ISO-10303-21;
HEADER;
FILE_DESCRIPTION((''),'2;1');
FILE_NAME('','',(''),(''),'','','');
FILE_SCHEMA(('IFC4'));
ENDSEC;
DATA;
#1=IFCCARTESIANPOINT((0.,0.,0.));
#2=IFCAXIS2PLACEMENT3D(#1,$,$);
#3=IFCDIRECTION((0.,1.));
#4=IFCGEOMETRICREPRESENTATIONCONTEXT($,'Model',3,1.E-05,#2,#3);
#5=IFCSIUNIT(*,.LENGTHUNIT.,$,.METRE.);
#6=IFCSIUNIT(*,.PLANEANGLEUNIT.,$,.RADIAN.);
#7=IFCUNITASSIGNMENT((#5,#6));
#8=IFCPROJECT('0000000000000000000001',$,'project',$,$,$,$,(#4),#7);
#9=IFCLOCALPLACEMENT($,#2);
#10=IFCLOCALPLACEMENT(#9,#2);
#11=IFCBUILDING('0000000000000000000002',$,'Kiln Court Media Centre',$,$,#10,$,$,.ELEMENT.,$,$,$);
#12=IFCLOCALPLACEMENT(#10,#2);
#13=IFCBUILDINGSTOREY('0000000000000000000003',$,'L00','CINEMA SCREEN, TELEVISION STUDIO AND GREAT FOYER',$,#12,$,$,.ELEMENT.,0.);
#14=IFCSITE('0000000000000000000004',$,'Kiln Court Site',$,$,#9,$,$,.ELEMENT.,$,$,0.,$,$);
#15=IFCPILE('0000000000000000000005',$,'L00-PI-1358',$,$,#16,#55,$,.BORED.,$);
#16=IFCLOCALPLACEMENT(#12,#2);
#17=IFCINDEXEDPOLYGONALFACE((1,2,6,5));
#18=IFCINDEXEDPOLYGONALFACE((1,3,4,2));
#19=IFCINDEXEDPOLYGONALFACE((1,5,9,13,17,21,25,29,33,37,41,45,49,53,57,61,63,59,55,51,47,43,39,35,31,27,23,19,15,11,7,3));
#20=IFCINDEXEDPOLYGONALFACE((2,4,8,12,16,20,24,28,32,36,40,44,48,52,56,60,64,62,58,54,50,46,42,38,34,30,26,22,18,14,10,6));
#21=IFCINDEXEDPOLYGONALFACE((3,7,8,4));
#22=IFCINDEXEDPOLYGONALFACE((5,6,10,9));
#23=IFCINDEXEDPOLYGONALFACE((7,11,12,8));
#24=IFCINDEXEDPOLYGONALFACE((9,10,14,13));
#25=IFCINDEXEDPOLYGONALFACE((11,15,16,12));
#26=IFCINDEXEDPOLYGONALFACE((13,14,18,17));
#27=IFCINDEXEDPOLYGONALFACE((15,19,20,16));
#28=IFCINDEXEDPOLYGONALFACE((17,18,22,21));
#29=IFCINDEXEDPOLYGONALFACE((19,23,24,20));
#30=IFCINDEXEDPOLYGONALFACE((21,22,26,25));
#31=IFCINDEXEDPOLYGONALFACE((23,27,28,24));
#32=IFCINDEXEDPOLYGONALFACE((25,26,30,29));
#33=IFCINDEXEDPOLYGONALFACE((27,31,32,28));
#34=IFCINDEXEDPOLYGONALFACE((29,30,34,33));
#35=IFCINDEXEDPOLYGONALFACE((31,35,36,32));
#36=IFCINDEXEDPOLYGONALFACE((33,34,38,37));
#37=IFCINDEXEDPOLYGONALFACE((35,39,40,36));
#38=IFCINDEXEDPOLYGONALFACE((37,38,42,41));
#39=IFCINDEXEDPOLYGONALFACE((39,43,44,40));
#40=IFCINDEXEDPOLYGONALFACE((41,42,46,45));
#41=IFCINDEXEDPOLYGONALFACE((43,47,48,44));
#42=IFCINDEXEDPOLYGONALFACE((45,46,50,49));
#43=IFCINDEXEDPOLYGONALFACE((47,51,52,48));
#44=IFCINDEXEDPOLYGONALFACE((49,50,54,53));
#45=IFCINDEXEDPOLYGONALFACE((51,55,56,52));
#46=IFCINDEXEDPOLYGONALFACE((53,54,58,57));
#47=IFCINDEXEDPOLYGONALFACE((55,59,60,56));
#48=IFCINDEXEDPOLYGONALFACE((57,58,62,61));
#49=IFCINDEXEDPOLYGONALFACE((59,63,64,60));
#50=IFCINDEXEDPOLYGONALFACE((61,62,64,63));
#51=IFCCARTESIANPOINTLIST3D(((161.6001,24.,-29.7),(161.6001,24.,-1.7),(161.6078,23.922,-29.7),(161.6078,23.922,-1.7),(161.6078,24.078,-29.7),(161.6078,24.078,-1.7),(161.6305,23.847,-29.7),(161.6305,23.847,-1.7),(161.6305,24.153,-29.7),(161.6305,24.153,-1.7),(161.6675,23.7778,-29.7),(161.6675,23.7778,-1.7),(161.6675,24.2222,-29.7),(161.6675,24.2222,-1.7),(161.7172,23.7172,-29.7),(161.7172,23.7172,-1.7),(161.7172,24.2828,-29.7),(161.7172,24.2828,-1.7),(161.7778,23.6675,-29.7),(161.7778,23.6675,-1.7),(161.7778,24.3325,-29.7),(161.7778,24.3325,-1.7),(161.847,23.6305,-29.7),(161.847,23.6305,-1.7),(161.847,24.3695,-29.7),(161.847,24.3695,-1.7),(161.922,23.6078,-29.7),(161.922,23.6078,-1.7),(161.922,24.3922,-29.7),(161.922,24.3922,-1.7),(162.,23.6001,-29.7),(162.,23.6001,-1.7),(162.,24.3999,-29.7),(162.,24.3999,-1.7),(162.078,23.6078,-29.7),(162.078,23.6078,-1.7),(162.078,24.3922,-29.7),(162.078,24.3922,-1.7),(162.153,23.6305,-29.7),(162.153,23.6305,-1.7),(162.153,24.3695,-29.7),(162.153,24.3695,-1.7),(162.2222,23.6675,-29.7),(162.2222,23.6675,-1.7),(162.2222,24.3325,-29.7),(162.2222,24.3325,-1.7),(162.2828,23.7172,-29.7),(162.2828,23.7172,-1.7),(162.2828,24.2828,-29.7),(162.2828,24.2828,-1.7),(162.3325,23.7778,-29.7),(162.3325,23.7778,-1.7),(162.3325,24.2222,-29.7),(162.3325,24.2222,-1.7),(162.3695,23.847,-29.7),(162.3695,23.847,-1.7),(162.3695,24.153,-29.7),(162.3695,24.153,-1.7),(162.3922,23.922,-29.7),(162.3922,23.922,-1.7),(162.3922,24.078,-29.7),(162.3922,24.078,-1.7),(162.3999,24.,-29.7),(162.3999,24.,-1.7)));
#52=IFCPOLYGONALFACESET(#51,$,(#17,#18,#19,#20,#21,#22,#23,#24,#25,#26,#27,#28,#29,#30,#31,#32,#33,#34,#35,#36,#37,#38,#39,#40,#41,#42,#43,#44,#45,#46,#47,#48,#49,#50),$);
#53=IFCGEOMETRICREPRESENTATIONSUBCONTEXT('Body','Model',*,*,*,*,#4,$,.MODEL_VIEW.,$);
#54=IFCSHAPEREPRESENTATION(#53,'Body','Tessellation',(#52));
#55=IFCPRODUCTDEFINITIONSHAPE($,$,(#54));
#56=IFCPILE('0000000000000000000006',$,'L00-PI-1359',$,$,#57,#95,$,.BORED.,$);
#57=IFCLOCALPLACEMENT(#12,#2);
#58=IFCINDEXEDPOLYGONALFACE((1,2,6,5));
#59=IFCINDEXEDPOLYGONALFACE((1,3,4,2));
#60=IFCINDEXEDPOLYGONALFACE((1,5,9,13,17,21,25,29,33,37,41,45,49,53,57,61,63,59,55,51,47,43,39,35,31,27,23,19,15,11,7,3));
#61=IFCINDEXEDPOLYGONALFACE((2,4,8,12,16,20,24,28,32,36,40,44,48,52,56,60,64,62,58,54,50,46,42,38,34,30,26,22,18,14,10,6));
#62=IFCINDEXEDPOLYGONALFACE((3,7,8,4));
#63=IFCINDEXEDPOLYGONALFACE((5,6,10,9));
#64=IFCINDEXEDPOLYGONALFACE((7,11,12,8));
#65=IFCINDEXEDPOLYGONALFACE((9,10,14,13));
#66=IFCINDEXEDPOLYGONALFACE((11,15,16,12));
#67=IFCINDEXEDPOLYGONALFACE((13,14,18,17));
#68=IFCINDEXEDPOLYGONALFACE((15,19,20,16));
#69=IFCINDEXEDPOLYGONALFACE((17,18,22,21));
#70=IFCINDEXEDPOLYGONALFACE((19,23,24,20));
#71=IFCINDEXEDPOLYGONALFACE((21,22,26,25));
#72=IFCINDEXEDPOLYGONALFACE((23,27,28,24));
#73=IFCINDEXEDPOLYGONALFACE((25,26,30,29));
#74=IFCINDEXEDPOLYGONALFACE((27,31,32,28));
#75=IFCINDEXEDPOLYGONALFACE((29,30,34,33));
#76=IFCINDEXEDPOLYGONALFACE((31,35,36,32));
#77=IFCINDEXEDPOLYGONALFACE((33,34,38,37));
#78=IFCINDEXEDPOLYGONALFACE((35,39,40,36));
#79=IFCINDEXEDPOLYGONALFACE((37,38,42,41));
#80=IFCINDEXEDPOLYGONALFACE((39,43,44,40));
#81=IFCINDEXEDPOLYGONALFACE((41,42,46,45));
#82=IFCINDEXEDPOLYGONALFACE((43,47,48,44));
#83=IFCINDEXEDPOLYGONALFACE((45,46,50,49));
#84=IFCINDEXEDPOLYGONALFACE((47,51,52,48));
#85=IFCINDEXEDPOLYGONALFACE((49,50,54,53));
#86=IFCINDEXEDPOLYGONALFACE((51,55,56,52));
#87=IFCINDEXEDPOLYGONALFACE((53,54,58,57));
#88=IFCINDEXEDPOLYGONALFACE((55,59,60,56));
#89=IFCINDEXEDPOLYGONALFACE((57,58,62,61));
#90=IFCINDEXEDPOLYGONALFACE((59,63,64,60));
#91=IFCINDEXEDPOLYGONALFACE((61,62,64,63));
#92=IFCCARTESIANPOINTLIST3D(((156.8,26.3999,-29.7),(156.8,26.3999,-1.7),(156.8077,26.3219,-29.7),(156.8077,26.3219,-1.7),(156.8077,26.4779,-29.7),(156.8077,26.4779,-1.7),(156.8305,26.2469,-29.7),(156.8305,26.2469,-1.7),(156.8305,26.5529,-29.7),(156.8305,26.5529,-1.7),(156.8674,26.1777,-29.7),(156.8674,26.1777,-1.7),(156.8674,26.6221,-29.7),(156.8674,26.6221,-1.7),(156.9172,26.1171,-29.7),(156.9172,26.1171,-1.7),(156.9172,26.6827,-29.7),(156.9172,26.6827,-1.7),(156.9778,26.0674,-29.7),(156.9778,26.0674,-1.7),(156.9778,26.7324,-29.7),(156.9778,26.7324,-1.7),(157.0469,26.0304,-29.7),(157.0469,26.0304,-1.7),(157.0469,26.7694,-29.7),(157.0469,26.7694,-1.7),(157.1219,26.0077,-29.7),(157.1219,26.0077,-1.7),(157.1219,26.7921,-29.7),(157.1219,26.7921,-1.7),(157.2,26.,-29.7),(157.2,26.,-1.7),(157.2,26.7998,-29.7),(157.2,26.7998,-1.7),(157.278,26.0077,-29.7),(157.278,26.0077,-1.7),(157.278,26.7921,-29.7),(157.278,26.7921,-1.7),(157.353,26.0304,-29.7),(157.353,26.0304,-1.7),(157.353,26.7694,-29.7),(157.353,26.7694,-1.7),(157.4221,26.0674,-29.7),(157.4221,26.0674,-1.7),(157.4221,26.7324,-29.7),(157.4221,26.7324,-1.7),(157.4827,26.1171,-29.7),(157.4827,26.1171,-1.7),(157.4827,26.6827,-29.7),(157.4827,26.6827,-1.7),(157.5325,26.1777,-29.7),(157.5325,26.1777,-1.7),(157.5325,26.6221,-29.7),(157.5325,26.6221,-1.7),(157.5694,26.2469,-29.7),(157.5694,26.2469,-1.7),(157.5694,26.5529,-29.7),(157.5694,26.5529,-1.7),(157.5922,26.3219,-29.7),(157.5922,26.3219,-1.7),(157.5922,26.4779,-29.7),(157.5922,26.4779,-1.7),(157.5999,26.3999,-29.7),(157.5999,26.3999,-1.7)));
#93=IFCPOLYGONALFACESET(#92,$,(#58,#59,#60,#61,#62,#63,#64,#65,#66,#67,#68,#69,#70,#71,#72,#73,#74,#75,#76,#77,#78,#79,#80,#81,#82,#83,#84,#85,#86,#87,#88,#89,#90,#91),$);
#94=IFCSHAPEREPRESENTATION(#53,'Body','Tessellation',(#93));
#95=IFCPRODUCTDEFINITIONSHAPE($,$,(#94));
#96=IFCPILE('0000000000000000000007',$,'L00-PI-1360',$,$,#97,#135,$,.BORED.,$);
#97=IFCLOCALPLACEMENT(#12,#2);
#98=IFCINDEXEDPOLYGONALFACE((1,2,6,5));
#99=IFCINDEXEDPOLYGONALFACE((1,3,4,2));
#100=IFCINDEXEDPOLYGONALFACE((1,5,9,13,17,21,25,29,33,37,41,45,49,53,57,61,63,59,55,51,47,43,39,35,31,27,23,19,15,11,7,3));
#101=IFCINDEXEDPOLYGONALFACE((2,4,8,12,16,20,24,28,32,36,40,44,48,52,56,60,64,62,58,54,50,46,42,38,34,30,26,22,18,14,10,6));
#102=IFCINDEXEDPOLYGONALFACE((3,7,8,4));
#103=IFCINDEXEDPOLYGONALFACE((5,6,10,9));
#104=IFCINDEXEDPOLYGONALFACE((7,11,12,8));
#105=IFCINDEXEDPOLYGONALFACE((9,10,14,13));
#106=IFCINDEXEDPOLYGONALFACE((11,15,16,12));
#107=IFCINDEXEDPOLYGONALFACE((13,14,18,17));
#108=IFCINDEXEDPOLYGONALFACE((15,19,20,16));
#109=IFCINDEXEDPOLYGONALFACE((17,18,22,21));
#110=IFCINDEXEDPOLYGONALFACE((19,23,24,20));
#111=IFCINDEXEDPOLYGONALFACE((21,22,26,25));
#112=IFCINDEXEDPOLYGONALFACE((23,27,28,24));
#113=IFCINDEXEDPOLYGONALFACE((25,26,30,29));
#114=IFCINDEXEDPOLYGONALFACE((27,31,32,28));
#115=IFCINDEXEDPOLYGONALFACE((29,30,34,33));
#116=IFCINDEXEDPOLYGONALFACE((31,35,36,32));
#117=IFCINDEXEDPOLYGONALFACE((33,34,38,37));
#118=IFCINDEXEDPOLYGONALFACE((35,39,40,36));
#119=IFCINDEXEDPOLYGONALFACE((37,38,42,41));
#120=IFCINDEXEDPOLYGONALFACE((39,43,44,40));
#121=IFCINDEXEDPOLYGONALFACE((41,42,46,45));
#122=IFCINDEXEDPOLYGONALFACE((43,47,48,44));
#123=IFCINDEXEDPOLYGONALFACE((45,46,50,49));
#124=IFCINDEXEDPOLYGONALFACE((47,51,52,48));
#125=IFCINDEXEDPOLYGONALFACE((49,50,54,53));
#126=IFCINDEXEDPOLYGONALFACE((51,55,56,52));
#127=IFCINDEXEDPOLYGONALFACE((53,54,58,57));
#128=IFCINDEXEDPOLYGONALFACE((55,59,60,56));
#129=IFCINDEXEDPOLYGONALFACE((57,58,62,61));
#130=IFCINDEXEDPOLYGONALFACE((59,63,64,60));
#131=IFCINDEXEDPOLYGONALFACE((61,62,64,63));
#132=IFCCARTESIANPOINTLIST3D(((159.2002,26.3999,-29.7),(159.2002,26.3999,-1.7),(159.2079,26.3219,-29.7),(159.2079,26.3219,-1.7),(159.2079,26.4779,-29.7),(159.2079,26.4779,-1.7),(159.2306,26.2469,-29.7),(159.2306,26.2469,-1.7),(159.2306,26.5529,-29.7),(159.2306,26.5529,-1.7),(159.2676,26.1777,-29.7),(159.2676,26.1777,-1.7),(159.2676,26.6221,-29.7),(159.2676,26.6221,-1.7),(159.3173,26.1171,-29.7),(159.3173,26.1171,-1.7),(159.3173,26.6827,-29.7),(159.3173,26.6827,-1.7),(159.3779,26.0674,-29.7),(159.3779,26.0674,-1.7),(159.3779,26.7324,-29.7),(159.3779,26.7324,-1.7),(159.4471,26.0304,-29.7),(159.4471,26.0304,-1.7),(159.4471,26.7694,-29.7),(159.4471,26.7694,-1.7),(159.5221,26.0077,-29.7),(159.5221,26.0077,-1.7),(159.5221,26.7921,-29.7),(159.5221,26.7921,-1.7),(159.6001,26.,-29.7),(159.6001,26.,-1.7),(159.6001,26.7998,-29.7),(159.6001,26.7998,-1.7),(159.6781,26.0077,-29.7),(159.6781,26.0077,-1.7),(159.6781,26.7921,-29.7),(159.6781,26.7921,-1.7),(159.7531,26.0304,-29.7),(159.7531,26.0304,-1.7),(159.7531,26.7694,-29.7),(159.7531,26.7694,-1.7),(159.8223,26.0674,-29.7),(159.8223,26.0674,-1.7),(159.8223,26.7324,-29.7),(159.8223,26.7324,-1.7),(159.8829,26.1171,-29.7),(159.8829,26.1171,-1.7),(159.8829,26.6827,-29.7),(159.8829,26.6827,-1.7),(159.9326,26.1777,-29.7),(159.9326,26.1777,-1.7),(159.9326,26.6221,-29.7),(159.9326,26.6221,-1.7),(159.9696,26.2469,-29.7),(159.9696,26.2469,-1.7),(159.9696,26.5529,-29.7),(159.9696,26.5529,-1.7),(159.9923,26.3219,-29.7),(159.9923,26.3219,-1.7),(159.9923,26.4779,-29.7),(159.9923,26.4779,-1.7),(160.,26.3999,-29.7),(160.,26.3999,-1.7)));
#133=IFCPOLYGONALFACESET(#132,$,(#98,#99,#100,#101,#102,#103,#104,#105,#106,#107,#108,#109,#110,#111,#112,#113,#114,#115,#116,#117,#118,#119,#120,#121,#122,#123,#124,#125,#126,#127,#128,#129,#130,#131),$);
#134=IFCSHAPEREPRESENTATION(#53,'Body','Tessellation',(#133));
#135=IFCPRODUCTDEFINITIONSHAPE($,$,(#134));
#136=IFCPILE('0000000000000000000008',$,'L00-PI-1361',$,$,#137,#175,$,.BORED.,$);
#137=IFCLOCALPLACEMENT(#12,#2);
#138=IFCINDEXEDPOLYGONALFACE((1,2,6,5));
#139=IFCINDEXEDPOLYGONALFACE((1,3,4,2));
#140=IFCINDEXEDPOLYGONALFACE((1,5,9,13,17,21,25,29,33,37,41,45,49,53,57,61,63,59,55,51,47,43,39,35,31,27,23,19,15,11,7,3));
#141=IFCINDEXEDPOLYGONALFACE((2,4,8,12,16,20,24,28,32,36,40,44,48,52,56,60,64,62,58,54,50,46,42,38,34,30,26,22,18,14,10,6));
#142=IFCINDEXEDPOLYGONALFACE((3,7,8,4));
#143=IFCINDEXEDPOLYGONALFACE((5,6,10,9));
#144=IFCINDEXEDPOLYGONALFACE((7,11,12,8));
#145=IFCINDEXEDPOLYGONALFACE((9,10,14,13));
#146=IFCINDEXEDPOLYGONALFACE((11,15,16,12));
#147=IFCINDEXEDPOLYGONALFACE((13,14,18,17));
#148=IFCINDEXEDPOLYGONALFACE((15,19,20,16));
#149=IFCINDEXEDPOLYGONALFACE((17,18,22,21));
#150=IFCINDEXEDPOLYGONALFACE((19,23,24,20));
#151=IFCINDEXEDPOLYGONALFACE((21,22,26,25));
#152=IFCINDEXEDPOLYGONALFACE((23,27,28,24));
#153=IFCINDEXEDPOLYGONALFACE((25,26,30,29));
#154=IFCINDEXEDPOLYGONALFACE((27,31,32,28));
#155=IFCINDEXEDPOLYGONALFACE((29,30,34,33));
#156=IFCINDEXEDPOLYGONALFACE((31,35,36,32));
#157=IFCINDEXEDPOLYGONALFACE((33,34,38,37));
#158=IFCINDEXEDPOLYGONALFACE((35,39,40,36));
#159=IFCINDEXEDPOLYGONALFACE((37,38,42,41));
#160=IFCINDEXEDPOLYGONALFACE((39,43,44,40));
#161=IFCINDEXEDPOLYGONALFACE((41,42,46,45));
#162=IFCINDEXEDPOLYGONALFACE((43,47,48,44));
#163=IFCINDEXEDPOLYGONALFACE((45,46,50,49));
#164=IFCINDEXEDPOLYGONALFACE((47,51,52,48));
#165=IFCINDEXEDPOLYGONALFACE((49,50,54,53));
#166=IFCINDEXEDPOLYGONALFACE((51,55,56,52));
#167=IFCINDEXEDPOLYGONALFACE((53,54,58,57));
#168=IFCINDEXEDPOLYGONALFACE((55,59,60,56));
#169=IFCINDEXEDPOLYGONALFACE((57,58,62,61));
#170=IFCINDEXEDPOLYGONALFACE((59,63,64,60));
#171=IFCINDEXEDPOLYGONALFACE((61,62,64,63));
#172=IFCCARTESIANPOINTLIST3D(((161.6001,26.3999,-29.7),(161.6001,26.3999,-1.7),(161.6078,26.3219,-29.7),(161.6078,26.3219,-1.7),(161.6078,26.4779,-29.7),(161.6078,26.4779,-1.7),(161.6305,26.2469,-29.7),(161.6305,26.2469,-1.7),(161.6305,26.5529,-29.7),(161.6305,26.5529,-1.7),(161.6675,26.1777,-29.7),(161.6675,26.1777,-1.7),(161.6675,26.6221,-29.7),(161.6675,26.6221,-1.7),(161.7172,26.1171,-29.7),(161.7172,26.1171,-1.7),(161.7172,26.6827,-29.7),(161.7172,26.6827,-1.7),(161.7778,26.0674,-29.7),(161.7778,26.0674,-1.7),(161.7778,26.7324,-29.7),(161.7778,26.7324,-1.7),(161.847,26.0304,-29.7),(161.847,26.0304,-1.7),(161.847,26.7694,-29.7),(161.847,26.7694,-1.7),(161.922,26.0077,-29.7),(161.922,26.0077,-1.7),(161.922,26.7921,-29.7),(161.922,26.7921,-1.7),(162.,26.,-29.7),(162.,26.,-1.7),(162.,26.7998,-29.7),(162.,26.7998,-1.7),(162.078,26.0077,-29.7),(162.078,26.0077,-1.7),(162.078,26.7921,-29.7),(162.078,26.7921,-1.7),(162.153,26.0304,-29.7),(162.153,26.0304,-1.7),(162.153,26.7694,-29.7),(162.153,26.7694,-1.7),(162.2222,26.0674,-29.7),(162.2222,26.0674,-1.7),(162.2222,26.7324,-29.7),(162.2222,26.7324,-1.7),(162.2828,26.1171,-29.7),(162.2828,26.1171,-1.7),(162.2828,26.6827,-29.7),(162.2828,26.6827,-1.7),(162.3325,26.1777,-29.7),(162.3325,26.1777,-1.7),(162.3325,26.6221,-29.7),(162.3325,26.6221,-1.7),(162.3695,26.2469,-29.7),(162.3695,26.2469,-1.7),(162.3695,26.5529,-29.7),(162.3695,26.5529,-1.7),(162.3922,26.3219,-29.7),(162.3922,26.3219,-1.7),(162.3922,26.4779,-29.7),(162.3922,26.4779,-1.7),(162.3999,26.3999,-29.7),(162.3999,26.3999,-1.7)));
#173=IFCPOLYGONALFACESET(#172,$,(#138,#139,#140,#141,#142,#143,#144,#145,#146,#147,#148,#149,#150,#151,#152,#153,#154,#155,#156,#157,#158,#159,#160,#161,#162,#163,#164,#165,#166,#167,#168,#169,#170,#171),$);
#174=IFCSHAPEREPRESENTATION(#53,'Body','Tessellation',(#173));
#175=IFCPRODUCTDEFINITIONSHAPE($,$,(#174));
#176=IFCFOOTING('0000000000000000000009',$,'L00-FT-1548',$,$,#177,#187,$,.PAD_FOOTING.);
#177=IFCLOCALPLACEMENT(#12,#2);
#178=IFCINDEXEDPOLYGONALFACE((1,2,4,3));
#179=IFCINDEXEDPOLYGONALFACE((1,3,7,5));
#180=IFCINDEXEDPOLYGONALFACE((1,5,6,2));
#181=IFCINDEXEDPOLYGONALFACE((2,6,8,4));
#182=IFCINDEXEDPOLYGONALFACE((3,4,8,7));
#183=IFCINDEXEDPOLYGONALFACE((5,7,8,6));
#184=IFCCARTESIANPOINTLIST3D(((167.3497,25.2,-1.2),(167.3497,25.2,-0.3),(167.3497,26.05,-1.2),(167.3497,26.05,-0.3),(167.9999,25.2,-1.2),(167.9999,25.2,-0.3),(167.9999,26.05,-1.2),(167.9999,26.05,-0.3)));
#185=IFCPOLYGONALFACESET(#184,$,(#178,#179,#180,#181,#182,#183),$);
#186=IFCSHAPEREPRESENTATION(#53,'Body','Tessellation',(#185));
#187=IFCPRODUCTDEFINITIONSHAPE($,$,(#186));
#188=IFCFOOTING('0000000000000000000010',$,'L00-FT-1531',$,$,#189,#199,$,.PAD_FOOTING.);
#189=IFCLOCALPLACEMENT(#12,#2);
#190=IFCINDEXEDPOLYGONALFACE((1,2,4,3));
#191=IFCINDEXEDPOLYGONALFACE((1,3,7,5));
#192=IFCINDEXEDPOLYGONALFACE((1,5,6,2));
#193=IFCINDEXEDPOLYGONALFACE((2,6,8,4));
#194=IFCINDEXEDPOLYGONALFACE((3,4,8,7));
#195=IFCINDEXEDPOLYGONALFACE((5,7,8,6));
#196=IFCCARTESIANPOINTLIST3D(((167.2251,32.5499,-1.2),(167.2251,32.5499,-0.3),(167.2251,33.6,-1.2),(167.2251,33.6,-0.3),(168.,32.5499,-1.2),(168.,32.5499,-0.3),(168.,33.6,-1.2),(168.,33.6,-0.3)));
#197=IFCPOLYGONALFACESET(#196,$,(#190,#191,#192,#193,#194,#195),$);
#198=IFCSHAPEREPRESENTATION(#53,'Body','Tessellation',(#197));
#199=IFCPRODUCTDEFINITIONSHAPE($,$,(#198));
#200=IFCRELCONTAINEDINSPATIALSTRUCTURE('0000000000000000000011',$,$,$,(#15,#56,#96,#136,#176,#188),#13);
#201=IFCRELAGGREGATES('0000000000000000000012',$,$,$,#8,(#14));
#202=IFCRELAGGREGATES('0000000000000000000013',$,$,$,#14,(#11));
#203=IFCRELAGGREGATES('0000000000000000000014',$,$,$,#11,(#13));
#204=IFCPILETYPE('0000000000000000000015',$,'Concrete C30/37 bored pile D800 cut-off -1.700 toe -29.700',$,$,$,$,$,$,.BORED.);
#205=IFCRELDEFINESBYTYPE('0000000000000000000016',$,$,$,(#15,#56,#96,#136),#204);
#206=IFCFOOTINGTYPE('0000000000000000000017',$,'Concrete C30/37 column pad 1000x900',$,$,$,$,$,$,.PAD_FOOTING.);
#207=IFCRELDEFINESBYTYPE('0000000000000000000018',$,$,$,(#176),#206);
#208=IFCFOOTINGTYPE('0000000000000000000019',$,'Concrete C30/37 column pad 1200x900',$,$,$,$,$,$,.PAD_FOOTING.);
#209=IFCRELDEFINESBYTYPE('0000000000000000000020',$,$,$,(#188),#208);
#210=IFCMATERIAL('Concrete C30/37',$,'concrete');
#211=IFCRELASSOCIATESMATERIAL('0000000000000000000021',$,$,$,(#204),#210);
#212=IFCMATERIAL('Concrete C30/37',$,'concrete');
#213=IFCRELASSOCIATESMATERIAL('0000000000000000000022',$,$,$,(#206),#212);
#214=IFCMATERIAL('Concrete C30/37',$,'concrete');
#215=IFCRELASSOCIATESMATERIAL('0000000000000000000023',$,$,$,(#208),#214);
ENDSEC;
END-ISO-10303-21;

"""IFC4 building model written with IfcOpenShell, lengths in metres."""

from ifc_helpers import new_model, si_unit, direction, frame, origin, origin_2d, place, context, subcontext, project, spatial, rectangle, circle, extrude, material, material_profile, profile_set, type_object, element, save


model = new_model("IFC4")

# Units and contexts
model_context = context("Model", 3, precision=1e-05, world=origin(), true_north=direction((0.0, 1.0)))
body_context = subcontext(model_context, "Body", "Model", "MODEL_VIEW")
ifc_project = project(units=[si_unit("LENGTHUNIT", "METRE"), si_unit("PLANEANGLEUNIT", "RADIAN")], contexts=[model_context])

# Site, building, storey
site_placement = place(None, origin())
site = spatial("IfcSite", under=ifc_project, at=site_placement, Name="Kiln Court Site", CompositionType="ELEMENT", RefElevation=0.0)
building_placement = place(site_placement, origin())
building = spatial("IfcBuilding", under=site, at=building_placement, Name="Kiln Court Media Centre", CompositionType="ELEMENT")
storey_placement = place(building_placement, origin())
storey = spatial("IfcBuildingStorey", under=building, at=storey_placement, Name="L00", Description="CINEMA SCREEN, TELEVISION STUDIO AND GREAT FOYER", CompositionType="ELEMENT", Elevation=0.0)

# Piles
ifc_material_1 = material(Name="Concrete C30/37", Category="concrete")
ifc_material_profile_1 = material_profile(ifc_material_1, circle(Radius=0.3999, at=origin_2d()), Name="PILE D800")
ifc_profile_set_1 = profile_set([ifc_material_profile_1], Name="Concrete C30/37")
pile_type_1 = type_object("IfcPileType", Name="Concrete C30/37 bored pile D800 cut-off -1.700 toe -29.700", PredefinedType="BORED", material=ifc_profile_set_1)
for number, where, z_axis, x_axis, name in (
    (1, (162.0, 24.0, -1.7), (0.0, 0.0, -1.0), (1.0, 0.0, 0.0), "L00-PI-1358"),
    (2, (157.2, 26.3999, -1.7), (0.0, 0.0, -1.0), (1.0, 0.0, 0.0), "L00-PI-1359"),
    (3, (159.6001, 26.3999, -1.7), (0.0, 0.0, -1.0), (1.0, 0.0, 0.0), "L00-PI-1360"),
    (4, (162.0, 26.3999, -1.7), (0.0, 0.0, -1.0), (1.0, 0.0, 0.0), "L00-PI-1361"),
):
    element("IfcPile", number, at=place(storey_placement, frame(where, z_axis=z_axis, x_axis=x_axis)), inside=storey, type_object=pile_type_1, Name=name, PredefinedType="BORED", context=body_context, shape_type="SweptSolid", body=[
        extrude(circle(Radius=0.3999, at=origin_2d()), origin(), (0.0, 0.0, 1.0), 28.0),
    ])

# Footings
ifc_material_2 = material(Name="Concrete C30/37", Category="concrete")
footing_type_1 = type_object("IfcFootingType", Name="Concrete C30/37 column pad 1000x900", PredefinedType="PAD_FOOTING", material=ifc_material_2)
footing_1_placement = place(storey_placement, frame((167.6748, 25.625, -1.2), z_axis=(0.0, 0.0, 1.0), x_axis=(1.0, 0.0, 0.0)))
element("IfcFooting", 5, at=footing_1_placement, inside=storey, type_object=footing_type_1, Name="L00-FT-1548", PredefinedType="PAD_FOOTING", context=body_context, shape_type="SweptSolid", body=[
    extrude(rectangle(XDim=0.6501, YDim=0.8501, at=origin_2d()), origin(), (0.0, 0.0, 1.0), 0.8999),
])
ifc_material_3 = material(Name="Concrete C30/37", Category="concrete")
footing_type_2 = type_object("IfcFootingType", Name="Concrete C30/37 column pad 1200x900", PredefinedType="PAD_FOOTING", material=ifc_material_3)
footing_2_placement = place(storey_placement, frame((167.6125, 33.075, -1.2), z_axis=(0.0, 0.0, 1.0), x_axis=(1.0, 0.0, 0.0)))
element("IfcFooting", 6, at=footing_2_placement, inside=storey, type_object=footing_type_2, Name="L00-FT-1531", PredefinedType="PAD_FOOTING", context=body_context, shape_type="SweptSolid", body=[
    extrude(rectangle(XDim=0.7749, YDim=1.05, at=origin_2d()), origin(), (0.0, 0.0, 1.0), 0.8999),
])

save(model, "model.ifc")
